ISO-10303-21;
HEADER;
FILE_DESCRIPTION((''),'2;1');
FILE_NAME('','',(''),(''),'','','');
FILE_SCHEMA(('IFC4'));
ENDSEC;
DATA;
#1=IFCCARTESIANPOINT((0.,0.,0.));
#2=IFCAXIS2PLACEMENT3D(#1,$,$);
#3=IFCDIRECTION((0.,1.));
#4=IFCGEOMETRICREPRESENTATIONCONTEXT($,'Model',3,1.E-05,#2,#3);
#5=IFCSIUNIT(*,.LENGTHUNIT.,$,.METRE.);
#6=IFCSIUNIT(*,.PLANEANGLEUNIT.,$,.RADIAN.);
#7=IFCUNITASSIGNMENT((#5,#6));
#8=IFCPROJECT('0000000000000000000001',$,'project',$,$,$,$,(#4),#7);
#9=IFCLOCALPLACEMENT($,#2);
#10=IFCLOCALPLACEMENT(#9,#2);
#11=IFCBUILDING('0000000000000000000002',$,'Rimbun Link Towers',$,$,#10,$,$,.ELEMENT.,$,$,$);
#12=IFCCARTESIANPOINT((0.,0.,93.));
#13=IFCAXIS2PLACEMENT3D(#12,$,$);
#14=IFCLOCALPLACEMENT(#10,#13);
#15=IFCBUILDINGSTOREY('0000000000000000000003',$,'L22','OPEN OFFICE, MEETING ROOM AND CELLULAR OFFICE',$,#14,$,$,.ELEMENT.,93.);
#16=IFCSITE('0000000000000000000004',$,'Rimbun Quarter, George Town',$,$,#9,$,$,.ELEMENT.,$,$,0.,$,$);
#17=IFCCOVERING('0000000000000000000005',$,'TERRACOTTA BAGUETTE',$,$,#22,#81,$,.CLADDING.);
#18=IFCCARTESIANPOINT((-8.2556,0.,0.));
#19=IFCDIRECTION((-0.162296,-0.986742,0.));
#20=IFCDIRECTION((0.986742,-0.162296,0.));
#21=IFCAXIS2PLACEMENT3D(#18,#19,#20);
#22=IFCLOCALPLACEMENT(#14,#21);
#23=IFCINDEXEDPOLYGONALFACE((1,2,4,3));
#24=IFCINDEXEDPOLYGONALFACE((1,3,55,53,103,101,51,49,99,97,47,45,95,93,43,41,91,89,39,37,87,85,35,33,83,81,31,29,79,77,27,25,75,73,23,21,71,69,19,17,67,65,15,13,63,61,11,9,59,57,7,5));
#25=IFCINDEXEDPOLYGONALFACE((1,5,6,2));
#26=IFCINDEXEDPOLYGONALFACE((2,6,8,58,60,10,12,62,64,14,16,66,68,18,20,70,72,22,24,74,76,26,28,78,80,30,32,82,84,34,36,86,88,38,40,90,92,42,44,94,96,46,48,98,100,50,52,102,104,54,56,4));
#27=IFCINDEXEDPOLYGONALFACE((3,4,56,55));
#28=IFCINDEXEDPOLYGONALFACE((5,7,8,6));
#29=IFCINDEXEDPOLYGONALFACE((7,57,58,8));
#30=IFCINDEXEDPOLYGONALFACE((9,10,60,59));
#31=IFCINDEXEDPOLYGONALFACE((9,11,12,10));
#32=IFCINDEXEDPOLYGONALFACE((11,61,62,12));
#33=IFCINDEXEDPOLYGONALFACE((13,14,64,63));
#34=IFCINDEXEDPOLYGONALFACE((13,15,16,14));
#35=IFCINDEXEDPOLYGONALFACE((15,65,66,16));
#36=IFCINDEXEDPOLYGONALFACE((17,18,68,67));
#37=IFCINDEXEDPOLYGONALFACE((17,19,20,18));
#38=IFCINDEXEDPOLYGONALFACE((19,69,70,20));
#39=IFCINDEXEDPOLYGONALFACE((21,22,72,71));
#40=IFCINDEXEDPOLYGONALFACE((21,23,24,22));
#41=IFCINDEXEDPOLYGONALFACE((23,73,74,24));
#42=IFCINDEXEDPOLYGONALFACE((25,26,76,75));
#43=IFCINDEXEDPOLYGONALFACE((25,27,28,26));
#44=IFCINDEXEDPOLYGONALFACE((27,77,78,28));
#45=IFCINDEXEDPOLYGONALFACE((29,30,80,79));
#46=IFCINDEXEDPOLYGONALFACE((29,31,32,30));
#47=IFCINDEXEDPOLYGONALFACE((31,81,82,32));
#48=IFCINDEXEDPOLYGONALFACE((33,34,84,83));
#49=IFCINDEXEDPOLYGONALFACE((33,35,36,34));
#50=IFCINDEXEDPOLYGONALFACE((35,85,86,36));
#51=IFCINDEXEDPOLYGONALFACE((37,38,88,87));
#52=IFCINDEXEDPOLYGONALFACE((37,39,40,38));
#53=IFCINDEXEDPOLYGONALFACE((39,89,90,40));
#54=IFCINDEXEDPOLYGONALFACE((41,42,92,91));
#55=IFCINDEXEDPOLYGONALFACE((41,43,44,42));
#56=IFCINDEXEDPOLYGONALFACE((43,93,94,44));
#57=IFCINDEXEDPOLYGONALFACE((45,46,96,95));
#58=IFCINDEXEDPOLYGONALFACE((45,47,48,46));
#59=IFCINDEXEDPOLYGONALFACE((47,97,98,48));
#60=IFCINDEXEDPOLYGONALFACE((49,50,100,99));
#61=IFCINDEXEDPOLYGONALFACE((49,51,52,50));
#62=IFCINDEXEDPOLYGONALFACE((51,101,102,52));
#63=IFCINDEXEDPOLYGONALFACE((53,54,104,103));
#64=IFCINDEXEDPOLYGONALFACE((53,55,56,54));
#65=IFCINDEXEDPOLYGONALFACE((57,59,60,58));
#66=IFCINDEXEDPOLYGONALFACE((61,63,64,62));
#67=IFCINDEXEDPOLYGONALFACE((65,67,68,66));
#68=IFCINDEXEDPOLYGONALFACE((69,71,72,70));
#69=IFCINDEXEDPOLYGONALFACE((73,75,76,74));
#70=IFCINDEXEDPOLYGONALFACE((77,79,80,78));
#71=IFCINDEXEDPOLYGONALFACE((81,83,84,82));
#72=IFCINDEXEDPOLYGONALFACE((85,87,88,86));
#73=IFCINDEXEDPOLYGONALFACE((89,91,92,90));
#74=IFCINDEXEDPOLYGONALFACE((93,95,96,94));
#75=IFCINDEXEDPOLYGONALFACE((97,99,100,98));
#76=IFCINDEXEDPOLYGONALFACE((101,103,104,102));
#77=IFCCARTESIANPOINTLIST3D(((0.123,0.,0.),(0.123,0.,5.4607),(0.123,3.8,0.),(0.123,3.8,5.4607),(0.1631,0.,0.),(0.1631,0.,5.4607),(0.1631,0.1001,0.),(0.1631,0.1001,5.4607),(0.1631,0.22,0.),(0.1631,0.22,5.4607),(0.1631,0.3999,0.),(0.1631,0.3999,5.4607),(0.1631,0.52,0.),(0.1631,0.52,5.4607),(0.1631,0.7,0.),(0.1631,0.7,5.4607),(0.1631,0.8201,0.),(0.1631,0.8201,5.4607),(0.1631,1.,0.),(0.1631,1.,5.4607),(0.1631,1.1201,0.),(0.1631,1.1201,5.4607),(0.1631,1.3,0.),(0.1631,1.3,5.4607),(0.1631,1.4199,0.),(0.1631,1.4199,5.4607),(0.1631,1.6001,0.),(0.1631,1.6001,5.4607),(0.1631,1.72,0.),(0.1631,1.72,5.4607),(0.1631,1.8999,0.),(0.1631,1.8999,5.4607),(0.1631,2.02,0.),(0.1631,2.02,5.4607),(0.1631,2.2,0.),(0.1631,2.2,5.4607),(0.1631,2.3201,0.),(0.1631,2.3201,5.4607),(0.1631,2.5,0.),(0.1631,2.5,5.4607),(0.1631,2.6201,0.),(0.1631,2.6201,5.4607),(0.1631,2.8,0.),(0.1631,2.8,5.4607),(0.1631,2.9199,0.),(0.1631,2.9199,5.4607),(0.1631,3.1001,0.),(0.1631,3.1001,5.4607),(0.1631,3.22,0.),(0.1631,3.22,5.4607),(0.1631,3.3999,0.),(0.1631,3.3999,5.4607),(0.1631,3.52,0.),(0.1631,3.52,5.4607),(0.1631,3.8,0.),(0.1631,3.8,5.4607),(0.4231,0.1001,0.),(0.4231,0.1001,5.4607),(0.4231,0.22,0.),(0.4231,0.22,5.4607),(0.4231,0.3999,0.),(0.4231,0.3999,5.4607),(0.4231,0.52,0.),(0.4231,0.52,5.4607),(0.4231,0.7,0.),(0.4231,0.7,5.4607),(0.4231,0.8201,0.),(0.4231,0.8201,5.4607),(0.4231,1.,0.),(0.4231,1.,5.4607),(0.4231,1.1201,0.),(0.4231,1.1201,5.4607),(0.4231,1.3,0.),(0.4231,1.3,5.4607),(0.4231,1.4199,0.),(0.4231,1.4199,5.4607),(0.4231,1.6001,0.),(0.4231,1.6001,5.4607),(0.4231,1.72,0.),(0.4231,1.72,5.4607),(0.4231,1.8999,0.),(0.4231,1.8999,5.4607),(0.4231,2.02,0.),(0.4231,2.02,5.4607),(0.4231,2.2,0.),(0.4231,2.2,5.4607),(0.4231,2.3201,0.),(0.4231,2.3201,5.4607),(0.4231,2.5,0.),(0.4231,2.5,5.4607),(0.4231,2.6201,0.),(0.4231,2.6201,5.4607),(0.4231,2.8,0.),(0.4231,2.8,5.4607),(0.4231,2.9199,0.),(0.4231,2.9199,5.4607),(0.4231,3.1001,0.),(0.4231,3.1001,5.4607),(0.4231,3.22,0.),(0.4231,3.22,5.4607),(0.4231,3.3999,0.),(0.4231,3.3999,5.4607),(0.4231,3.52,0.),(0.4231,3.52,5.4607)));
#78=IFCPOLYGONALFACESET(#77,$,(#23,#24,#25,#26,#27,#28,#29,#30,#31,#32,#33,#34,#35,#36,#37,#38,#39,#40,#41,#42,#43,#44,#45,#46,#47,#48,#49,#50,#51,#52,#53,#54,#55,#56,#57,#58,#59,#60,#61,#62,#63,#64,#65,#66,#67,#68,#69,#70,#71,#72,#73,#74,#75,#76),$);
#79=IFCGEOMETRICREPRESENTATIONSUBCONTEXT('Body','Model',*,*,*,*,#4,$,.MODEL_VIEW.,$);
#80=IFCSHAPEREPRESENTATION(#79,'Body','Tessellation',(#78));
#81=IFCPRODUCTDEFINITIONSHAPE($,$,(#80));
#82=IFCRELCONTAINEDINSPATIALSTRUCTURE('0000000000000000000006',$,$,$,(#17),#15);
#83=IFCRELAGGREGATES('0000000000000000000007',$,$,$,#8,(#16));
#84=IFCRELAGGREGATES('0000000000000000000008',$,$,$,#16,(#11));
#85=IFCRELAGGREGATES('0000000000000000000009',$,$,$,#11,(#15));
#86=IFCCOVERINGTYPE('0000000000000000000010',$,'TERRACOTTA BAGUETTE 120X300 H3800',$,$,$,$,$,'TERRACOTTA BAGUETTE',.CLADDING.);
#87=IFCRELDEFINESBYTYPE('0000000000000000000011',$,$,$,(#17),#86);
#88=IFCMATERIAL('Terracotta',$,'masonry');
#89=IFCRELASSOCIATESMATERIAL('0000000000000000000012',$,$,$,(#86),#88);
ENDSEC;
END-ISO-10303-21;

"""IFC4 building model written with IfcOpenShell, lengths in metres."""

from ifc_helpers import new_model, si_unit, direction, frame, origin, place, context, subcontext, project, spatial, polyline, outline, extrude, material, material_profile, profile_set, type_object, element, save


model = new_model("IFC4")

# Units and contexts
model_context = context("Model", 3, precision=1e-05, world=origin(), true_north=direction((0.0, 1.0)))
body_context = subcontext(model_context, "Body", "Model", "MODEL_VIEW")
ifc_project = project(units=[si_unit("LENGTHUNIT", "METRE"), si_unit("PLANEANGLEUNIT", "RADIAN")], contexts=[model_context])

# Site, building, storey
site_placement = place(None, origin())
site = spatial("IfcSite", under=ifc_project, at=site_placement, Name="Rimbun Quarter, George Town", CompositionType="ELEMENT", RefElevation=0.0)
building_placement = place(site_placement, origin())
building = spatial("IfcBuilding", under=site, at=building_placement, Name="Rimbun Link Towers", CompositionType="ELEMENT")
storey_placement = place(building_placement, frame((0.0, 0.0, 93.0)))
storey = spatial("IfcBuildingStorey", under=building, at=storey_placement, Name="L22", Description="OPEN OFFICE, MEETING ROOM AND CELLULAR OFFICE", CompositionType="ELEMENT", Elevation=93.0)

# Covering
ifc_material_1 = material(Name="Terracotta", Category="masonry")
ifc_material_profile_1 = material_profile(ifc_material_1, outline(polyline([(0.123, 0.0), (0.1631, 0.0), (0.1631, 0.1001), (0.4231, 0.1001), (0.4231, 0.22), (0.1631, 0.22), (0.1631, 0.3999), (0.4231, 0.3999), (0.4231, 0.52), (0.1631, 0.52), (0.1631, 0.7), (0.4231, 0.7), (0.4231, 0.8201), (0.1631, 0.8201), (0.1631, 1.0), (0.4231, 1.0), (0.4231, 1.1201), (0.1631, 1.1201), (0.1631, 1.3), (0.4231, 1.3), (0.4231, 1.4199), (0.1631, 1.4199), (0.1631, 1.6001), (0.4231, 1.6001), (0.4231, 1.72), (0.1631, 1.72), (0.1631, 1.8999), (0.4231, 1.8999), (0.4231, 2.02), (0.1631, 2.02), (0.1631, 2.2), (0.4231, 2.2), (0.4231, 2.3201), (0.1631, 2.3201), (0.1631, 2.5), (0.4231, 2.5), (0.4231, 2.6201), (0.1631, 2.6201), (0.1631, 2.8), (0.4231, 2.8), (0.4231, 2.9199), (0.1631, 2.9199), (0.1631, 3.1001), (0.4231, 3.1001), (0.4231, 3.22), (0.1631, 3.22), (0.1631, 3.3999), (0.4231, 3.3999), (0.4231, 3.52), (0.1631, 3.52), (0.1631, 3.8), (0.123, 3.8), (0.123, 0.0)])), Name="BAGUETTE 120X300")
ifc_profile_set_1 = profile_set([ifc_material_profile_1], Name="Terracotta")
covering_type_1 = type_object("IfcCoveringType", Name="TERRACOTTA BAGUETTE 120X300 H3800", ElementType="TERRACOTTA BAGUETTE", PredefinedType="CLADDING", material=ifc_profile_set_1)
covering_1_placement = place(storey_placement, frame((-8.2556, 0.0, 0.0), z_axis=(-0.162296, -0.986742, 0.0), x_axis=(0.986742, -0.162296, 0.0)))
element("IfcCovering", 1, at=covering_1_placement, inside=storey, type_object=covering_type_1, Name="TERRACOTTA BAGUETTE", PredefinedType="CLADDING", context=body_context, shape_type="SweptSolid", body=[
    extrude(outline(polyline([(0.123, 0.0), (0.1631, 0.0), (0.1631, 0.1001), (0.4231, 0.1001), (0.4231, 0.22), (0.1631, 0.22), (0.1631, 0.3999), (0.4231, 0.3999), (0.4231, 0.52), (0.1631, 0.52), (0.1631, 0.7), (0.4231, 0.7), (0.4231, 0.8201), (0.1631, 0.8201), (0.1631, 1.0), (0.4231, 1.0), (0.4231, 1.1201), (0.1631, 1.1201), (0.1631, 1.3), (0.4231, 1.3), (0.4231, 1.4199), (0.1631, 1.4199), (0.1631, 1.6001), (0.4231, 1.6001), (0.4231, 1.72), (0.1631, 1.72), (0.1631, 1.8999), (0.4231, 1.8999), (0.4231, 2.02), (0.1631, 2.02), (0.1631, 2.2), (0.4231, 2.2), (0.4231, 2.3201), (0.1631, 2.3201), (0.1631, 2.5), (0.4231, 2.5), (0.4231, 2.6201), (0.1631, 2.6201), (0.1631, 2.8), (0.4231, 2.8), (0.4231, 2.9199), (0.1631, 2.9199), (0.1631, 3.1001), (0.4231, 3.1001), (0.4231, 3.22), (0.1631, 3.22), (0.1631, 3.3999), (0.4231, 3.3999), (0.4231, 3.52), (0.1631, 3.52), (0.1631, 3.8), (0.123, 3.8), (0.123, 0.0)])), origin(), (0.0, 0.0, 1.0), 5.4607),
])

save(model, "model.ifc")
